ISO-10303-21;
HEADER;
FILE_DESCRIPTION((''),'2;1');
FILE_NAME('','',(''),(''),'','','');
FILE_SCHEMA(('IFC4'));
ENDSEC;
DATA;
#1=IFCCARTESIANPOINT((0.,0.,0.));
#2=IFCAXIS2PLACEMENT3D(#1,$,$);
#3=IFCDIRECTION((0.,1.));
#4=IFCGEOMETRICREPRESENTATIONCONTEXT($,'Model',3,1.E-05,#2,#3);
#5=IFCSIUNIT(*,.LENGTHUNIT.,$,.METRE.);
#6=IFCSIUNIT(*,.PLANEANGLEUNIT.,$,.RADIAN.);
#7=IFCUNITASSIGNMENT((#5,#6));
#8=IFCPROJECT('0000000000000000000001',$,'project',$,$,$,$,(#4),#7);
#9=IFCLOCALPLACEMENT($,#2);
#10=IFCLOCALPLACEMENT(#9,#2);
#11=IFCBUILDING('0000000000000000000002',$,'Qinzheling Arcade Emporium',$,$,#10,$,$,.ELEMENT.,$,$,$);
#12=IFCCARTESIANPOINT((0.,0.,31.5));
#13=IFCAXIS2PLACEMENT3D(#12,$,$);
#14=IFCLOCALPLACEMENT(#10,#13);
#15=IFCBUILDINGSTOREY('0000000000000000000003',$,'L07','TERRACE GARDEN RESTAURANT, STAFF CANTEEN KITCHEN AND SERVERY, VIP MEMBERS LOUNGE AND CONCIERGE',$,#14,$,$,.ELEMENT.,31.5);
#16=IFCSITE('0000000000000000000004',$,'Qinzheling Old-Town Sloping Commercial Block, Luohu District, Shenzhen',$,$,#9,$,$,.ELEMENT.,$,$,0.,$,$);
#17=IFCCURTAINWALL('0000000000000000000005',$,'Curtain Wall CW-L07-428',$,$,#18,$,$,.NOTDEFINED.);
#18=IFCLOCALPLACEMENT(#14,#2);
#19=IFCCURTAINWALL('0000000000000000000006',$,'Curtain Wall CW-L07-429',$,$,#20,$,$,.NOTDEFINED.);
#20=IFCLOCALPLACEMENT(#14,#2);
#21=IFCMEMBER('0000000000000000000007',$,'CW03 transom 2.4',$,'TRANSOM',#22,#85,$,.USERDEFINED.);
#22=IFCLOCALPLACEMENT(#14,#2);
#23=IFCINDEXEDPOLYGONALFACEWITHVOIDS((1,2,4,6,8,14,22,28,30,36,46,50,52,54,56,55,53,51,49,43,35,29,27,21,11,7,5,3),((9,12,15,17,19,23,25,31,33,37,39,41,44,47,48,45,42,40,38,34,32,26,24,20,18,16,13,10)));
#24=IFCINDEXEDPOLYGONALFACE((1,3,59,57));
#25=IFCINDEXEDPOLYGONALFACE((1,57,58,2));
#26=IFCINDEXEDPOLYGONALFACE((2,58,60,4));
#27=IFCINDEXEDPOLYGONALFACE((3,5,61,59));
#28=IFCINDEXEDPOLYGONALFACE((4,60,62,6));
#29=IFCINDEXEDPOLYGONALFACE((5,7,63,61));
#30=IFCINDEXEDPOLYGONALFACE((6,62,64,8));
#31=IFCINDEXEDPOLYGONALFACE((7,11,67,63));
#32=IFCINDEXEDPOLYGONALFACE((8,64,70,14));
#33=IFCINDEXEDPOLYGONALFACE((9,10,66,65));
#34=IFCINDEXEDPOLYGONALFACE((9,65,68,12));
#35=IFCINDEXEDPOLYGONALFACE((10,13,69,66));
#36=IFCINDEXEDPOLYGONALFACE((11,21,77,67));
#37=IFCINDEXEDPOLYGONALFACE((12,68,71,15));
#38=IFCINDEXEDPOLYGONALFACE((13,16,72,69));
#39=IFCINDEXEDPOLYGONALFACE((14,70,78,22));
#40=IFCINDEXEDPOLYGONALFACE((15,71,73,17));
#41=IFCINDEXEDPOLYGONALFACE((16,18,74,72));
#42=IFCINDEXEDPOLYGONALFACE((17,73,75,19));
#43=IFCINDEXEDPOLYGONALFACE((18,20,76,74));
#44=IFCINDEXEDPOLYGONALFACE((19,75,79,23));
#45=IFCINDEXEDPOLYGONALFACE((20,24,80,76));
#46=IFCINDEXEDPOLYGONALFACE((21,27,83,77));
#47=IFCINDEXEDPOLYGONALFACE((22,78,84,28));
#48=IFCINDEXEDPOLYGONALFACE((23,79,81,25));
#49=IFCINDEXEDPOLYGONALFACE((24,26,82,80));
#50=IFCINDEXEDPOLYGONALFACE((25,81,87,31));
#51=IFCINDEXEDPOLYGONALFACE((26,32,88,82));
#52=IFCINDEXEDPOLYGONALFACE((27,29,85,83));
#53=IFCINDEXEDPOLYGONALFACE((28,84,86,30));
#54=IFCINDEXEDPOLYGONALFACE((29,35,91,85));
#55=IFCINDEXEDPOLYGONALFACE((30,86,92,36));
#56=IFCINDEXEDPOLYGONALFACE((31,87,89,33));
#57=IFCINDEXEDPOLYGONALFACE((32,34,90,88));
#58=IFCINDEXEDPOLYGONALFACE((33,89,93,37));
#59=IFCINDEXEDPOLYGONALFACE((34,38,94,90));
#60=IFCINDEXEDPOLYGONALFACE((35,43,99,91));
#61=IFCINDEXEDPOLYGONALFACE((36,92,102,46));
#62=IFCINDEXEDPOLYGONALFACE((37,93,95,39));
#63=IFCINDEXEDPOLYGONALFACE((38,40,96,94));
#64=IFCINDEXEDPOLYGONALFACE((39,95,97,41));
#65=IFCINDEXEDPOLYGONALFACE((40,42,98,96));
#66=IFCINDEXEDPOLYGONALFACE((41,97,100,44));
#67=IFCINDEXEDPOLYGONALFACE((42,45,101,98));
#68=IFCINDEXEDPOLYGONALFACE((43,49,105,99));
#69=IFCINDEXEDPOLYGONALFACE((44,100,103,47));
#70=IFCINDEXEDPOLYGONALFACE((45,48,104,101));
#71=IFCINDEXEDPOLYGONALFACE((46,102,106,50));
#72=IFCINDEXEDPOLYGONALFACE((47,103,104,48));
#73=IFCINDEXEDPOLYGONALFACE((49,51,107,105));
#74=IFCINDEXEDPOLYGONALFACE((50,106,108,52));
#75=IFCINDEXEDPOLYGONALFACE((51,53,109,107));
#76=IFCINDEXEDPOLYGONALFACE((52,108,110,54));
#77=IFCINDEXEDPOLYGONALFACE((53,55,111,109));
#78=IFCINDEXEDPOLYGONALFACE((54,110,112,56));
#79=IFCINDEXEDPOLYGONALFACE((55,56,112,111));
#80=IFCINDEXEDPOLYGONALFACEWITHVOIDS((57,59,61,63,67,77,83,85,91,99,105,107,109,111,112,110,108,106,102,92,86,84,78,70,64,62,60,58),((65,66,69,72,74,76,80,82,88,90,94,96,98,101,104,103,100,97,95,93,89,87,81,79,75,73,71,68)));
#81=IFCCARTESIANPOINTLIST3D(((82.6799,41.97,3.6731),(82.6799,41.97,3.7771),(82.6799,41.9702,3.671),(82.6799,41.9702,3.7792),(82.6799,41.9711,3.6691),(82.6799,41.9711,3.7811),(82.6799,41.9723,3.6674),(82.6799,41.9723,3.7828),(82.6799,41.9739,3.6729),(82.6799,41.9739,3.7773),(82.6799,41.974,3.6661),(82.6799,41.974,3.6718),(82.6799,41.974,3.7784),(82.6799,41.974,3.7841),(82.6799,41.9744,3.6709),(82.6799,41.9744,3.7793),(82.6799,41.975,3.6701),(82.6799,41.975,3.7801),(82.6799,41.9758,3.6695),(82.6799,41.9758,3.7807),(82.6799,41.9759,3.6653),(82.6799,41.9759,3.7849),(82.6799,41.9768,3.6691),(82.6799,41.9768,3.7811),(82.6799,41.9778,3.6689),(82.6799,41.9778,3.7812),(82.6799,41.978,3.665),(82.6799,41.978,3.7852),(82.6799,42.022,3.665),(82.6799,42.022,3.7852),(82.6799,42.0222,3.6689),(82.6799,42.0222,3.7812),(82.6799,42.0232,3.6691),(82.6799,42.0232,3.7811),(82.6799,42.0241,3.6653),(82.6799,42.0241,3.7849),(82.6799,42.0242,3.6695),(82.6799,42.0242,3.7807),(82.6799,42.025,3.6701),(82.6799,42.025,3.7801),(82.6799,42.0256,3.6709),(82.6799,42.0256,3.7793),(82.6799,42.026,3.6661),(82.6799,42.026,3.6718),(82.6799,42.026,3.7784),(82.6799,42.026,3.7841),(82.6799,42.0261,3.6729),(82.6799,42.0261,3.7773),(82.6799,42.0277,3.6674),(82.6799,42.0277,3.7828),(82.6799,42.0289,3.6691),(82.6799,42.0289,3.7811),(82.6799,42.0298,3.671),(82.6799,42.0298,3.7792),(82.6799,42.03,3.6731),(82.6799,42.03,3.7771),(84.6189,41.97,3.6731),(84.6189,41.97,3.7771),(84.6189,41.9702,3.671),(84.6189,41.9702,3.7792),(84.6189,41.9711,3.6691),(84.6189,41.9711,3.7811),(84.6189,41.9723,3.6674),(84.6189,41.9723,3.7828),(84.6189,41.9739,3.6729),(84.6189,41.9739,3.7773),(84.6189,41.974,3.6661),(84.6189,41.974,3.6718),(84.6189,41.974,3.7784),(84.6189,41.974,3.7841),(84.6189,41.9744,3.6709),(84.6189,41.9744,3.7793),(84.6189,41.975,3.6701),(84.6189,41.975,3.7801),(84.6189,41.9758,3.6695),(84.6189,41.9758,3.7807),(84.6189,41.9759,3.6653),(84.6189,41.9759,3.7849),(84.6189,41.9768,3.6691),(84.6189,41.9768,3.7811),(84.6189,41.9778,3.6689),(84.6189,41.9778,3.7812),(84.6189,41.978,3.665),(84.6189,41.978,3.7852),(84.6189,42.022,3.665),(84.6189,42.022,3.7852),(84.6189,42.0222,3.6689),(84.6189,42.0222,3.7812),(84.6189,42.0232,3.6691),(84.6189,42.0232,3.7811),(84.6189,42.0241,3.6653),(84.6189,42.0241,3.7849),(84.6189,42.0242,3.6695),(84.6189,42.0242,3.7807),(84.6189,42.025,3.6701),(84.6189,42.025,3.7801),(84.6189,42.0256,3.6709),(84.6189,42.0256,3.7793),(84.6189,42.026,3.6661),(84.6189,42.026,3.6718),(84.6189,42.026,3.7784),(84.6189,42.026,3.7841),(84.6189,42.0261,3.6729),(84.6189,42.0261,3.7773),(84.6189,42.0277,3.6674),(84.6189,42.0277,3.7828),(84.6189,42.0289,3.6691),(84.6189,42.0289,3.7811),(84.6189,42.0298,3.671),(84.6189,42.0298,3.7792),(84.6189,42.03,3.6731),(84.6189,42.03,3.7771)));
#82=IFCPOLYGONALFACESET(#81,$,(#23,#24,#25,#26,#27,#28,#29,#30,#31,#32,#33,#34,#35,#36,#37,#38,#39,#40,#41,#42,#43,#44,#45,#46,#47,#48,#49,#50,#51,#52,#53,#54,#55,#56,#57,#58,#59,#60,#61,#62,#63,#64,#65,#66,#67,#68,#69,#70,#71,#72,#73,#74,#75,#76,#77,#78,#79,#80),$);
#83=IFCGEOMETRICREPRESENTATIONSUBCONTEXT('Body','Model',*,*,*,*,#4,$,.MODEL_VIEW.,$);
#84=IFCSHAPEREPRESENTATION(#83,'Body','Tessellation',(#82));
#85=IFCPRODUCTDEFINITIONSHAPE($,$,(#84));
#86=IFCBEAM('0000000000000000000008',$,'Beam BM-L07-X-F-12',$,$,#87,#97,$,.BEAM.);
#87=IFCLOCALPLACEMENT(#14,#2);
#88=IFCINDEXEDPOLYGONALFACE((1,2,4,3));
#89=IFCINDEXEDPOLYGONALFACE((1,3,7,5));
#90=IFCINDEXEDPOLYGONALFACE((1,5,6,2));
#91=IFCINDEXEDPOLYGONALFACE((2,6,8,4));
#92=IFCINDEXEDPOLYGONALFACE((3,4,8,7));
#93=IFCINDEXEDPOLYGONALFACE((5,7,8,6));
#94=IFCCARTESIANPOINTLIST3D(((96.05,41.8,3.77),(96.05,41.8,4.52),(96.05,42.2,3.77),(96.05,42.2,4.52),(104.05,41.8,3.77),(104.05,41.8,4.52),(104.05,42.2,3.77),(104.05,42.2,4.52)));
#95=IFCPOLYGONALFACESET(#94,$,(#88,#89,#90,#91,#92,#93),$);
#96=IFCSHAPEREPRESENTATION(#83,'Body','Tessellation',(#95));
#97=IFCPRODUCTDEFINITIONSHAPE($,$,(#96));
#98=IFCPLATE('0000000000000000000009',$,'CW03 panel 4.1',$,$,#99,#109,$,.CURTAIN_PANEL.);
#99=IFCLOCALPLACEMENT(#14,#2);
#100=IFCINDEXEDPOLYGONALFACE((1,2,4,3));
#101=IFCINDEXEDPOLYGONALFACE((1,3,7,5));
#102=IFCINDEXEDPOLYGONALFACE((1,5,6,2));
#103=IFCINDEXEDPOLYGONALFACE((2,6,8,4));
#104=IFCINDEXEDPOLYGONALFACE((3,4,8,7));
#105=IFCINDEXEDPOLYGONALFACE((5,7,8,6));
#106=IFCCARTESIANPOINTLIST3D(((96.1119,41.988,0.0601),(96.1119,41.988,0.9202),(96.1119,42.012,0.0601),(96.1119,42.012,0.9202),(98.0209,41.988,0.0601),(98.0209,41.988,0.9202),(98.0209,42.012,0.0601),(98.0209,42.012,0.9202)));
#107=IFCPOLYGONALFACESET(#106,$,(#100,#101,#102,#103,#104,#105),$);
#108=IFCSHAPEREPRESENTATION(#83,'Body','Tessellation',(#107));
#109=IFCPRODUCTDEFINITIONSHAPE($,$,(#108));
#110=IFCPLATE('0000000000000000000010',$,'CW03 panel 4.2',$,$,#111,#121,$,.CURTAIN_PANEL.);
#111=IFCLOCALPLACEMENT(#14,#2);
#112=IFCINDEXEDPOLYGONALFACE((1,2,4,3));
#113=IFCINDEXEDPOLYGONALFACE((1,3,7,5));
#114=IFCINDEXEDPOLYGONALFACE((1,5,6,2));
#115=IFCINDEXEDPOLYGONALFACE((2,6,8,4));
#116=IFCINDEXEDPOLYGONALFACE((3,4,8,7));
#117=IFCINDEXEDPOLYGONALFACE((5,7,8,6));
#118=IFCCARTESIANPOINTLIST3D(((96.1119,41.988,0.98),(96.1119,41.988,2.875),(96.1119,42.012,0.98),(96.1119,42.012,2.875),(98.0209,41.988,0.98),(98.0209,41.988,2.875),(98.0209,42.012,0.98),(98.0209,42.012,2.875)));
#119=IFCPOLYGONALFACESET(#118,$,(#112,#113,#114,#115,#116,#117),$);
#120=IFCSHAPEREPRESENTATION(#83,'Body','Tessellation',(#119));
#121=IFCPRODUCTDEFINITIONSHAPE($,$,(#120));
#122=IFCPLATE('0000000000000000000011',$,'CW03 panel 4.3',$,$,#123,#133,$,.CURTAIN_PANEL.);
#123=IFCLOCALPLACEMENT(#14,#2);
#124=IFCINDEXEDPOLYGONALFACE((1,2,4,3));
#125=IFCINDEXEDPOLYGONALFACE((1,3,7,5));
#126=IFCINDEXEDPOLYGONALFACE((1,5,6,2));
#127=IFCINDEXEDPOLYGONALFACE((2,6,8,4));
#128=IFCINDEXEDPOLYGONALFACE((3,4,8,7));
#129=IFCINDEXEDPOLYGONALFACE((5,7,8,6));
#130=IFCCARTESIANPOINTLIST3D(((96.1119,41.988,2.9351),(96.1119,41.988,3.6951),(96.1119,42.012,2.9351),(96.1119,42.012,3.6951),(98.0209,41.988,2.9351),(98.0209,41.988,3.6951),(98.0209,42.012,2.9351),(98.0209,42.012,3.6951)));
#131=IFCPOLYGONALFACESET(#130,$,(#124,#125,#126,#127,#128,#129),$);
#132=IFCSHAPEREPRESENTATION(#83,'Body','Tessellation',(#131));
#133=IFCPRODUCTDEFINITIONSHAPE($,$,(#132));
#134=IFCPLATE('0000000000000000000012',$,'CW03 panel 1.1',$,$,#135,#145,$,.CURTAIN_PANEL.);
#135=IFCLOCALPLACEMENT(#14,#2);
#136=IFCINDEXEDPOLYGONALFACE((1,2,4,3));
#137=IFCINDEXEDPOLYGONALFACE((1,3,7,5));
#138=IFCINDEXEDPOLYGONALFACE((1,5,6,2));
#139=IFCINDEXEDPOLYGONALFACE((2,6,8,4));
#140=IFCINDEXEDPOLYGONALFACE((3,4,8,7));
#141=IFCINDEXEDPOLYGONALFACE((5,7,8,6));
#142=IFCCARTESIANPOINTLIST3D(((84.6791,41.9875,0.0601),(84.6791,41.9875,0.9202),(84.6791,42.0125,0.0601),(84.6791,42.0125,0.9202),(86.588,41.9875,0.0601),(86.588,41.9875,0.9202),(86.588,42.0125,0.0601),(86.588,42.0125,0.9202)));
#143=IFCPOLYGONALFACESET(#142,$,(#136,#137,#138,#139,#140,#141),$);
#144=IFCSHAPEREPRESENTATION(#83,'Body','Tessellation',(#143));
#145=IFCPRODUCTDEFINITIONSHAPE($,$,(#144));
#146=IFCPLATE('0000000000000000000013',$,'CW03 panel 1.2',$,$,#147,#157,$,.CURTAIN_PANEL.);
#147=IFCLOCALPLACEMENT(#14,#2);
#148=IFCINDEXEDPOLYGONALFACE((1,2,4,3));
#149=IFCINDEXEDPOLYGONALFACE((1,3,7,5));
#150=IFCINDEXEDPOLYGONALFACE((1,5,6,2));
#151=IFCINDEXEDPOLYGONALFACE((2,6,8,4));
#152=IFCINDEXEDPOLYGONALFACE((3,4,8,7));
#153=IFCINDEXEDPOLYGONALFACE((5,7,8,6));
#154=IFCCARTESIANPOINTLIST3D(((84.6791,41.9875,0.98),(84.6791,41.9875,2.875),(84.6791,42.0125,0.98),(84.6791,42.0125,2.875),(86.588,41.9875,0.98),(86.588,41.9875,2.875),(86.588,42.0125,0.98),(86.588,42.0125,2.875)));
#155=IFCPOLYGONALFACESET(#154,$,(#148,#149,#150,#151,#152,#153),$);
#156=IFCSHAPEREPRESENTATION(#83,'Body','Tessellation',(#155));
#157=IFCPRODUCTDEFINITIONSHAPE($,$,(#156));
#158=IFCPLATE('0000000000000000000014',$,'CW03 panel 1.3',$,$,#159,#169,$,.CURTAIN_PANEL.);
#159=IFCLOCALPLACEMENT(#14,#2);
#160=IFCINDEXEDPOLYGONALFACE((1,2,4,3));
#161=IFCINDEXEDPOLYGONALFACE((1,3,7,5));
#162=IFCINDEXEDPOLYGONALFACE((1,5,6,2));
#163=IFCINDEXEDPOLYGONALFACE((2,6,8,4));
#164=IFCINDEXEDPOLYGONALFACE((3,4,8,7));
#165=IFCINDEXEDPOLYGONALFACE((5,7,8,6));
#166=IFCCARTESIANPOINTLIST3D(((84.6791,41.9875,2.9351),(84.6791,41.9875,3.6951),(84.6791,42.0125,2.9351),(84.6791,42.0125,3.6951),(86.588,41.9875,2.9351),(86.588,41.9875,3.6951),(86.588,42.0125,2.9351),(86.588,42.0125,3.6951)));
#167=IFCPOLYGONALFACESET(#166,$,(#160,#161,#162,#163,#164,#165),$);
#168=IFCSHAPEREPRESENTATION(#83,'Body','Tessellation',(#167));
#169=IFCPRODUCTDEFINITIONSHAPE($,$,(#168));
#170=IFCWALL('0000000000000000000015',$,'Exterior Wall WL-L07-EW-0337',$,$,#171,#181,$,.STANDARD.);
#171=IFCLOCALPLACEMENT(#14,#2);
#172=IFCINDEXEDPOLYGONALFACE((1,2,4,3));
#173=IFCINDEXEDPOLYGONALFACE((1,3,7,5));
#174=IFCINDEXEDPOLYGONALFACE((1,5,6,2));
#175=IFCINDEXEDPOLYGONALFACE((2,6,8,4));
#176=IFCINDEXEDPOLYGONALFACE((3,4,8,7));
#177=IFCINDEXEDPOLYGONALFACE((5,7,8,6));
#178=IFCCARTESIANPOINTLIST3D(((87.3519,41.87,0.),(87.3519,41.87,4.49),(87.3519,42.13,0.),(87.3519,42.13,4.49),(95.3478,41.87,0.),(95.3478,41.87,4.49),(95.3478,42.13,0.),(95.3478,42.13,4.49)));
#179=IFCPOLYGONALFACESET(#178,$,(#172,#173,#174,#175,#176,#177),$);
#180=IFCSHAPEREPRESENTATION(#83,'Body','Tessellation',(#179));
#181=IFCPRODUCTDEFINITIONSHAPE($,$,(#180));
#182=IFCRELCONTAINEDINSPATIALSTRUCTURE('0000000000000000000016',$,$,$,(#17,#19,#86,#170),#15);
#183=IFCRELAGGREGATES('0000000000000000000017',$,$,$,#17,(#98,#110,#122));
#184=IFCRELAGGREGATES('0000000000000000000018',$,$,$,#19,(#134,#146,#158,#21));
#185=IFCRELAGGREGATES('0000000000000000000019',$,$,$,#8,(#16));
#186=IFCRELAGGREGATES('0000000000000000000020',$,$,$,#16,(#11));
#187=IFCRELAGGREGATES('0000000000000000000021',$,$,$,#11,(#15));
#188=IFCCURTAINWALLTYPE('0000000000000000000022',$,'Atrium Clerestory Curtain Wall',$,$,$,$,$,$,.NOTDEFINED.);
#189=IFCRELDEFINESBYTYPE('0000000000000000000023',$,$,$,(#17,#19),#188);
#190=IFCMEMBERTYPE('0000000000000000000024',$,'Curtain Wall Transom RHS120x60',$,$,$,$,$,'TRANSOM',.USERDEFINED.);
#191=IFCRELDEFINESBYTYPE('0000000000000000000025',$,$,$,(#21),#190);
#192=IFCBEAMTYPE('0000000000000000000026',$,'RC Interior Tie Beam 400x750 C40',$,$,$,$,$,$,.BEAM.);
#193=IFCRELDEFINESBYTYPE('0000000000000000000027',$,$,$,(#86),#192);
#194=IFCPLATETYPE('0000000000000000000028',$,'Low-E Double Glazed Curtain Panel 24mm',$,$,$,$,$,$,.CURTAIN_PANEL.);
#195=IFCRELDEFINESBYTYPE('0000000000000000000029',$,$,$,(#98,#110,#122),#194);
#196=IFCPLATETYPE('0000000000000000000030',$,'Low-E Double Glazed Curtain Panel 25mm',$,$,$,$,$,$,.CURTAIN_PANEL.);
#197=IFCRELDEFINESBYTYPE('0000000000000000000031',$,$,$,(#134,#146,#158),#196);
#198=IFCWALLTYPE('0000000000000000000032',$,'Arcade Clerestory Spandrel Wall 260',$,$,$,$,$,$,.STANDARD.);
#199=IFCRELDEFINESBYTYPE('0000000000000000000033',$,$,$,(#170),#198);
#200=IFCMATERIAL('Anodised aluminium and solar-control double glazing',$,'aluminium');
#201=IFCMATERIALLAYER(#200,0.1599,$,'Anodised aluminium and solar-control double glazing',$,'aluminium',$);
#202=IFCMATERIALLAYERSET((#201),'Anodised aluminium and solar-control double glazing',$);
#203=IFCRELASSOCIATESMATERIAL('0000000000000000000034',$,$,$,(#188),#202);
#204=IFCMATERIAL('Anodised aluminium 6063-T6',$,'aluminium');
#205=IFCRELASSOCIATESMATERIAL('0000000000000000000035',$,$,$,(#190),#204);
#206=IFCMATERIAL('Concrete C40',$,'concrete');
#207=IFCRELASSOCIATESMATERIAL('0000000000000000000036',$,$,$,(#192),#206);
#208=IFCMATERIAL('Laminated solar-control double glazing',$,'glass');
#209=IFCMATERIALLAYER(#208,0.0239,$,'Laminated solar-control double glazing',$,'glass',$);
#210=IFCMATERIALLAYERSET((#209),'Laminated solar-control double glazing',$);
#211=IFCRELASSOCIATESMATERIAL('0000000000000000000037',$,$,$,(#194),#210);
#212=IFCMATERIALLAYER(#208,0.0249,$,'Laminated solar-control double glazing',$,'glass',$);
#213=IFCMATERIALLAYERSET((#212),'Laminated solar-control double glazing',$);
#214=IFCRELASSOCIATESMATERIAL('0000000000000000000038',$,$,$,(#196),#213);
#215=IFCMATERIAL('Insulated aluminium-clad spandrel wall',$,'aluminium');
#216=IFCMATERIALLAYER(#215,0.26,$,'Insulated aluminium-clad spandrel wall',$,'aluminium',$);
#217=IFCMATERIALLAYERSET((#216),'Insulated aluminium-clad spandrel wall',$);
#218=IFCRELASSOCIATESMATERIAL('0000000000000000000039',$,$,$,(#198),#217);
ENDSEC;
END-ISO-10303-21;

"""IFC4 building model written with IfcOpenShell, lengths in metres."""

from ifc_helpers import new_model, si_unit, direction, frame, frame_2d, origin, origin_2d, place, context, subcontext, project, spatial, rectangle, hollow_rectangle, extrude, material, layer, layer_set, material_profile, profile_set, type_object, element, aggregate, save


model = new_model("IFC4")

# Units and contexts
model_context = context("Model", 3, precision=1e-05, world=origin(), true_north=direction((0.0, 1.0)))
body_context = subcontext(model_context, "Body", "Model", "MODEL_VIEW")
ifc_project = project(units=[si_unit("LENGTHUNIT", "METRE"), si_unit("PLANEANGLEUNIT", "RADIAN")], contexts=[model_context])

# Site, building, storey
site_placement = place(None, origin())
site = spatial("IfcSite", under=ifc_project, at=site_placement, Name="Qinzheling Old-Town Sloping Commercial Block, Luohu District, Shenzhen", CompositionType="ELEMENT", RefElevation=0.0)
building_placement = place(site_placement, origin())
building = spatial("IfcBuilding", under=site, at=building_placement, Name="Qinzheling Arcade Emporium", CompositionType="ELEMENT")
storey_placement = place(building_placement, frame((0.0, 0.0, 31.5)))
storey = spatial("IfcBuildingStorey", under=building, at=storey_placement, Name="L07", Description="TERRACE GARDEN RESTAURANT, STAFF CANTEEN KITCHEN AND SERVERY, VIP MEMBERS LOUNGE AND CONCIERGE", CompositionType="ELEMENT", Elevation=31.5)

# Shared definitions
ifc_material_1 = material(Name="Concrete C40", Category="concrete")

# Curtain walls
ifc_material_2 = material(Name="Anodised aluminium and solar-control double glazing", Category="aluminium")
ifc_layer_1 = layer(ifc_material_2, 0.1599, Name="Anodised aluminium and solar-control double glazing", Category="aluminium")
ifc_layer_set_1 = layer_set([ifc_layer_1], Name="Anodised aluminium and solar-control double glazing")
curtain_wall_type = type_object("IfcCurtainWallType", Name="Atrium Clerestory Curtain Wall", PredefinedType="NOTDEFINED", material=ifc_layer_set_1)
curtain_wall_1_placement = place(storey_placement, origin())
curtain_wall_1 = element("IfcCurtainWall", 1, at=curtain_wall_1_placement, inside=storey, type_object=curtain_wall_type, Name="Curtain Wall CW-L07-428", PredefinedType="NOTDEFINED")
ifc_material_3 = material(Name="Anodised aluminium 6063-T6", Category="aluminium")
curtain_wall_2_placement = place(storey_placement, origin())
curtain_wall_2 = element("IfcCurtainWall", 2, at=curtain_wall_2_placement, inside=storey, type_object=curtain_wall_type, Name="Curtain Wall CW-L07-429", PredefinedType="NOTDEFINED")

# Member
ifc_material_profile_1 = material_profile(ifc_material_3, hollow_rectangle(XDim=0.0601, YDim=0.1201, WallThickness=0.0039, InnerFilletRadius=0.0039, OuterFilletRadius=0.0081, at=origin_2d()), Name="RHS 120x60x4", Category="aluminium")
ifc_profile_set_1 = profile_set([ifc_material_profile_1], Name="Anodised aluminium 6063-T6")
member_type_1 = type_object("IfcMemberType", Name="Curtain Wall Transom RHS120x60", ElementType="TRANSOM", PredefinedType="USERDEFINED", material=ifc_profile_set_1)
member_1_placement = place(storey_placement, frame((84.6189, 42.0, 3.7251), z_axis=(-1.0, 0.0, 0.0), x_axis=(0.0, -1.0, 0.0)))
member_1 = element("IfcMember", 3, at=member_1_placement, type_object=member_type_1, Name="CW03 transom 2.4", ObjectType="TRANSOM", PredefinedType="USERDEFINED", context=body_context, shape_type="SweptSolid", body=[
    extrude(hollow_rectangle(XDim=0.0601, YDim=0.1201, WallThickness=0.0039, InnerFilletRadius=0.0039, OuterFilletRadius=0.0081, at=origin_2d()), origin(), (0.0, 0.0, 1.0), 1.939),
])

# Beam
ifc_material_profile_2 = material_profile(ifc_material_1, rectangle(XDim=0.3999, YDim=0.75, at=origin_2d()), Name="RC 400x750", Category="concrete")
ifc_profile_set_2 = profile_set([ifc_material_profile_2], Name="Concrete C40")
beam_type = type_object("IfcBeamType", Name="RC Interior Tie Beam 400x750 C40", PredefinedType="BEAM", material=ifc_profile_set_2)
beam_placement = place(storey_placement, frame((96.05, 42.0, 4.145), z_axis=(1.0, 0.0, 0.0), x_axis=(0.0, 1.0, 0.0)))
element("IfcBeam", 4, at=beam_placement, inside=storey, type_object=beam_type, Name="Beam BM-L07-X-F-12", PredefinedType="BEAM", context=body_context, shape_type="SweptSolid", body=[
    extrude(rectangle(XDim=0.3999, YDim=0.75, at=origin_2d()), origin(), (0.0, 0.0, 1.0), 8.0),
])

# Plates
ifc_material_4 = material(Name="Laminated solar-control double glazing", Category="glass")
ifc_layer_2 = layer(ifc_material_4, 0.0239, Name="Laminated solar-control double glazing", Category="glass")
ifc_layer_set_2 = layer_set([ifc_layer_2], Name="Laminated solar-control double glazing")
plate_type_1 = type_object("IfcPlateType", Name="Low-E Double Glazed Curtain Panel 24mm", PredefinedType="CURTAIN_PANEL", material=ifc_layer_set_2)
plate_1_placement = place(storey_placement, frame((97.0664, 42.0, 0.0601), z_axis=(0.0, 0.0, 1.0), x_axis=(-1.0, 0.0, 0.0)))
plate_1 = element("IfcPlate", 5, at=plate_1_placement, type_object=plate_type_1, Name="CW03 panel 4.1", PredefinedType="CURTAIN_PANEL", context=body_context, shape_type="SweptSolid", body=[
    extrude(rectangle(XDim=1.9089, YDim=0.0239, at=origin_2d()), origin(), (0.0, 0.0, 1.0), 0.8601),
])
plate_2_placement = place(storey_placement, frame((97.0664, 42.0, 0.98), z_axis=(0.0, 0.0, 1.0), x_axis=(-1.0, 0.0, 0.0)))
plate_2 = element("IfcPlate", 6, at=plate_2_placement, type_object=plate_type_1, Name="CW03 panel 4.2", PredefinedType="CURTAIN_PANEL", context=body_context, shape_type="SweptSolid", body=[
    extrude(rectangle(XDim=1.9089, YDim=0.0239, at=origin_2d()), origin(), (0.0, 0.0, 1.0), 1.895),
])
plate_3_placement = place(storey_placement, frame((97.0664, 42.0, 2.9351), z_axis=(0.0, 0.0, 1.0), x_axis=(-1.0, 0.0, 0.0)))
plate_3 = element("IfcPlate", 7, at=plate_3_placement, type_object=plate_type_1, Name="CW03 panel 4.3", PredefinedType="CURTAIN_PANEL", context=body_context, shape_type="SweptSolid", body=[
    extrude(rectangle(XDim=1.9089, YDim=0.0239, at=origin_2d()), origin(), (0.0, 0.0, 1.0), 0.76),
])
aggregate(curtain_wall_1, [plate_1, plate_2, plate_3])
ifc_layer_3 = layer(ifc_material_4, 0.0249, Name="Laminated solar-control double glazing", Category="glass")
ifc_layer_set_3 = layer_set([ifc_layer_3], Name="Laminated solar-control double glazing")
plate_type_2 = type_object("IfcPlateType", Name="Low-E Double Glazed Curtain Panel 25mm", PredefinedType="CURTAIN_PANEL", material=ifc_layer_set_3)
plate_4_placement = place(storey_placement, frame((85.6335, 42.0, 0.0601), z_axis=(0.0, 0.0, 1.0), x_axis=(-1.0, 0.0, 0.0)))
plate_4 = element("IfcPlate", 8, at=plate_4_placement, type_object=plate_type_2, Name="CW03 panel 1.1", PredefinedType="CURTAIN_PANEL", context=body_context, shape_type="SweptSolid", body=[
    extrude(rectangle(XDim=1.9089, YDim=0.0249, at=origin_2d()), origin(), (0.0, 0.0, 1.0), 0.8601),
])
plate_5_placement = place(storey_placement, frame((85.6335, 42.0, 0.98), z_axis=(0.0, 0.0, 1.0), x_axis=(-1.0, 0.0, 0.0)))
plate_5 = element("IfcPlate", 9, at=plate_5_placement, type_object=plate_type_2, Name="CW03 panel 1.2", PredefinedType="CURTAIN_PANEL", context=body_context, shape_type="SweptSolid", body=[
    extrude(rectangle(XDim=1.9089, YDim=0.0249, at=origin_2d()), origin(), (0.0, 0.0, 1.0), 1.895),
])
plate_6_placement = place(storey_placement, frame((85.6335, 42.0, 2.9351), z_axis=(0.0, 0.0, 1.0), x_axis=(-1.0, 0.0, 0.0)))
plate_6 = element("IfcPlate", 10, at=plate_6_placement, type_object=plate_type_2, Name="CW03 panel 1.3", PredefinedType="CURTAIN_PANEL", context=body_context, shape_type="SweptSolid", body=[
    extrude(rectangle(XDim=1.9089, YDim=0.0249, at=origin_2d()), origin(), (0.0, 0.0, 1.0), 0.76),
])
aggregate(curtain_wall_2, [plate_4, plate_5, plate_6, member_1])

# Wall
ifc_material_5 = material(Name="Insulated aluminium-clad spandrel wall", Category="aluminium")
ifc_layer_4 = layer(ifc_material_5, 0.26, Name="Insulated aluminium-clad spandrel wall", Category="aluminium")
ifc_layer_set_4 = layer_set([ifc_layer_4], Name="Insulated aluminium-clad spandrel wall")
wall_type_1 = type_object("IfcWallType", Name="Arcade Clerestory Spandrel Wall 260", PredefinedType="STANDARD", material=ifc_layer_set_4)
wall_1_placement = place(storey_placement, frame((95.3479, 42.0, 0.0), z_axis=(0.0, 0.0, 1.0), x_axis=(-1.0, 0.0, 0.0)))
element("IfcWall", 11, at=wall_1_placement, inside=storey, type_object=wall_type_1, Name="Exterior Wall WL-L07-EW-0337", PredefinedType="STANDARD", context=body_context, shape_type="SweptSolid", body=[
    extrude(rectangle(XDim=7.9958, YDim=0.26, at=frame_2d((3.998, 0.0))), origin(), (0.0, 0.0, 1.0), 4.49),
])

save(model, "model.ifc")
